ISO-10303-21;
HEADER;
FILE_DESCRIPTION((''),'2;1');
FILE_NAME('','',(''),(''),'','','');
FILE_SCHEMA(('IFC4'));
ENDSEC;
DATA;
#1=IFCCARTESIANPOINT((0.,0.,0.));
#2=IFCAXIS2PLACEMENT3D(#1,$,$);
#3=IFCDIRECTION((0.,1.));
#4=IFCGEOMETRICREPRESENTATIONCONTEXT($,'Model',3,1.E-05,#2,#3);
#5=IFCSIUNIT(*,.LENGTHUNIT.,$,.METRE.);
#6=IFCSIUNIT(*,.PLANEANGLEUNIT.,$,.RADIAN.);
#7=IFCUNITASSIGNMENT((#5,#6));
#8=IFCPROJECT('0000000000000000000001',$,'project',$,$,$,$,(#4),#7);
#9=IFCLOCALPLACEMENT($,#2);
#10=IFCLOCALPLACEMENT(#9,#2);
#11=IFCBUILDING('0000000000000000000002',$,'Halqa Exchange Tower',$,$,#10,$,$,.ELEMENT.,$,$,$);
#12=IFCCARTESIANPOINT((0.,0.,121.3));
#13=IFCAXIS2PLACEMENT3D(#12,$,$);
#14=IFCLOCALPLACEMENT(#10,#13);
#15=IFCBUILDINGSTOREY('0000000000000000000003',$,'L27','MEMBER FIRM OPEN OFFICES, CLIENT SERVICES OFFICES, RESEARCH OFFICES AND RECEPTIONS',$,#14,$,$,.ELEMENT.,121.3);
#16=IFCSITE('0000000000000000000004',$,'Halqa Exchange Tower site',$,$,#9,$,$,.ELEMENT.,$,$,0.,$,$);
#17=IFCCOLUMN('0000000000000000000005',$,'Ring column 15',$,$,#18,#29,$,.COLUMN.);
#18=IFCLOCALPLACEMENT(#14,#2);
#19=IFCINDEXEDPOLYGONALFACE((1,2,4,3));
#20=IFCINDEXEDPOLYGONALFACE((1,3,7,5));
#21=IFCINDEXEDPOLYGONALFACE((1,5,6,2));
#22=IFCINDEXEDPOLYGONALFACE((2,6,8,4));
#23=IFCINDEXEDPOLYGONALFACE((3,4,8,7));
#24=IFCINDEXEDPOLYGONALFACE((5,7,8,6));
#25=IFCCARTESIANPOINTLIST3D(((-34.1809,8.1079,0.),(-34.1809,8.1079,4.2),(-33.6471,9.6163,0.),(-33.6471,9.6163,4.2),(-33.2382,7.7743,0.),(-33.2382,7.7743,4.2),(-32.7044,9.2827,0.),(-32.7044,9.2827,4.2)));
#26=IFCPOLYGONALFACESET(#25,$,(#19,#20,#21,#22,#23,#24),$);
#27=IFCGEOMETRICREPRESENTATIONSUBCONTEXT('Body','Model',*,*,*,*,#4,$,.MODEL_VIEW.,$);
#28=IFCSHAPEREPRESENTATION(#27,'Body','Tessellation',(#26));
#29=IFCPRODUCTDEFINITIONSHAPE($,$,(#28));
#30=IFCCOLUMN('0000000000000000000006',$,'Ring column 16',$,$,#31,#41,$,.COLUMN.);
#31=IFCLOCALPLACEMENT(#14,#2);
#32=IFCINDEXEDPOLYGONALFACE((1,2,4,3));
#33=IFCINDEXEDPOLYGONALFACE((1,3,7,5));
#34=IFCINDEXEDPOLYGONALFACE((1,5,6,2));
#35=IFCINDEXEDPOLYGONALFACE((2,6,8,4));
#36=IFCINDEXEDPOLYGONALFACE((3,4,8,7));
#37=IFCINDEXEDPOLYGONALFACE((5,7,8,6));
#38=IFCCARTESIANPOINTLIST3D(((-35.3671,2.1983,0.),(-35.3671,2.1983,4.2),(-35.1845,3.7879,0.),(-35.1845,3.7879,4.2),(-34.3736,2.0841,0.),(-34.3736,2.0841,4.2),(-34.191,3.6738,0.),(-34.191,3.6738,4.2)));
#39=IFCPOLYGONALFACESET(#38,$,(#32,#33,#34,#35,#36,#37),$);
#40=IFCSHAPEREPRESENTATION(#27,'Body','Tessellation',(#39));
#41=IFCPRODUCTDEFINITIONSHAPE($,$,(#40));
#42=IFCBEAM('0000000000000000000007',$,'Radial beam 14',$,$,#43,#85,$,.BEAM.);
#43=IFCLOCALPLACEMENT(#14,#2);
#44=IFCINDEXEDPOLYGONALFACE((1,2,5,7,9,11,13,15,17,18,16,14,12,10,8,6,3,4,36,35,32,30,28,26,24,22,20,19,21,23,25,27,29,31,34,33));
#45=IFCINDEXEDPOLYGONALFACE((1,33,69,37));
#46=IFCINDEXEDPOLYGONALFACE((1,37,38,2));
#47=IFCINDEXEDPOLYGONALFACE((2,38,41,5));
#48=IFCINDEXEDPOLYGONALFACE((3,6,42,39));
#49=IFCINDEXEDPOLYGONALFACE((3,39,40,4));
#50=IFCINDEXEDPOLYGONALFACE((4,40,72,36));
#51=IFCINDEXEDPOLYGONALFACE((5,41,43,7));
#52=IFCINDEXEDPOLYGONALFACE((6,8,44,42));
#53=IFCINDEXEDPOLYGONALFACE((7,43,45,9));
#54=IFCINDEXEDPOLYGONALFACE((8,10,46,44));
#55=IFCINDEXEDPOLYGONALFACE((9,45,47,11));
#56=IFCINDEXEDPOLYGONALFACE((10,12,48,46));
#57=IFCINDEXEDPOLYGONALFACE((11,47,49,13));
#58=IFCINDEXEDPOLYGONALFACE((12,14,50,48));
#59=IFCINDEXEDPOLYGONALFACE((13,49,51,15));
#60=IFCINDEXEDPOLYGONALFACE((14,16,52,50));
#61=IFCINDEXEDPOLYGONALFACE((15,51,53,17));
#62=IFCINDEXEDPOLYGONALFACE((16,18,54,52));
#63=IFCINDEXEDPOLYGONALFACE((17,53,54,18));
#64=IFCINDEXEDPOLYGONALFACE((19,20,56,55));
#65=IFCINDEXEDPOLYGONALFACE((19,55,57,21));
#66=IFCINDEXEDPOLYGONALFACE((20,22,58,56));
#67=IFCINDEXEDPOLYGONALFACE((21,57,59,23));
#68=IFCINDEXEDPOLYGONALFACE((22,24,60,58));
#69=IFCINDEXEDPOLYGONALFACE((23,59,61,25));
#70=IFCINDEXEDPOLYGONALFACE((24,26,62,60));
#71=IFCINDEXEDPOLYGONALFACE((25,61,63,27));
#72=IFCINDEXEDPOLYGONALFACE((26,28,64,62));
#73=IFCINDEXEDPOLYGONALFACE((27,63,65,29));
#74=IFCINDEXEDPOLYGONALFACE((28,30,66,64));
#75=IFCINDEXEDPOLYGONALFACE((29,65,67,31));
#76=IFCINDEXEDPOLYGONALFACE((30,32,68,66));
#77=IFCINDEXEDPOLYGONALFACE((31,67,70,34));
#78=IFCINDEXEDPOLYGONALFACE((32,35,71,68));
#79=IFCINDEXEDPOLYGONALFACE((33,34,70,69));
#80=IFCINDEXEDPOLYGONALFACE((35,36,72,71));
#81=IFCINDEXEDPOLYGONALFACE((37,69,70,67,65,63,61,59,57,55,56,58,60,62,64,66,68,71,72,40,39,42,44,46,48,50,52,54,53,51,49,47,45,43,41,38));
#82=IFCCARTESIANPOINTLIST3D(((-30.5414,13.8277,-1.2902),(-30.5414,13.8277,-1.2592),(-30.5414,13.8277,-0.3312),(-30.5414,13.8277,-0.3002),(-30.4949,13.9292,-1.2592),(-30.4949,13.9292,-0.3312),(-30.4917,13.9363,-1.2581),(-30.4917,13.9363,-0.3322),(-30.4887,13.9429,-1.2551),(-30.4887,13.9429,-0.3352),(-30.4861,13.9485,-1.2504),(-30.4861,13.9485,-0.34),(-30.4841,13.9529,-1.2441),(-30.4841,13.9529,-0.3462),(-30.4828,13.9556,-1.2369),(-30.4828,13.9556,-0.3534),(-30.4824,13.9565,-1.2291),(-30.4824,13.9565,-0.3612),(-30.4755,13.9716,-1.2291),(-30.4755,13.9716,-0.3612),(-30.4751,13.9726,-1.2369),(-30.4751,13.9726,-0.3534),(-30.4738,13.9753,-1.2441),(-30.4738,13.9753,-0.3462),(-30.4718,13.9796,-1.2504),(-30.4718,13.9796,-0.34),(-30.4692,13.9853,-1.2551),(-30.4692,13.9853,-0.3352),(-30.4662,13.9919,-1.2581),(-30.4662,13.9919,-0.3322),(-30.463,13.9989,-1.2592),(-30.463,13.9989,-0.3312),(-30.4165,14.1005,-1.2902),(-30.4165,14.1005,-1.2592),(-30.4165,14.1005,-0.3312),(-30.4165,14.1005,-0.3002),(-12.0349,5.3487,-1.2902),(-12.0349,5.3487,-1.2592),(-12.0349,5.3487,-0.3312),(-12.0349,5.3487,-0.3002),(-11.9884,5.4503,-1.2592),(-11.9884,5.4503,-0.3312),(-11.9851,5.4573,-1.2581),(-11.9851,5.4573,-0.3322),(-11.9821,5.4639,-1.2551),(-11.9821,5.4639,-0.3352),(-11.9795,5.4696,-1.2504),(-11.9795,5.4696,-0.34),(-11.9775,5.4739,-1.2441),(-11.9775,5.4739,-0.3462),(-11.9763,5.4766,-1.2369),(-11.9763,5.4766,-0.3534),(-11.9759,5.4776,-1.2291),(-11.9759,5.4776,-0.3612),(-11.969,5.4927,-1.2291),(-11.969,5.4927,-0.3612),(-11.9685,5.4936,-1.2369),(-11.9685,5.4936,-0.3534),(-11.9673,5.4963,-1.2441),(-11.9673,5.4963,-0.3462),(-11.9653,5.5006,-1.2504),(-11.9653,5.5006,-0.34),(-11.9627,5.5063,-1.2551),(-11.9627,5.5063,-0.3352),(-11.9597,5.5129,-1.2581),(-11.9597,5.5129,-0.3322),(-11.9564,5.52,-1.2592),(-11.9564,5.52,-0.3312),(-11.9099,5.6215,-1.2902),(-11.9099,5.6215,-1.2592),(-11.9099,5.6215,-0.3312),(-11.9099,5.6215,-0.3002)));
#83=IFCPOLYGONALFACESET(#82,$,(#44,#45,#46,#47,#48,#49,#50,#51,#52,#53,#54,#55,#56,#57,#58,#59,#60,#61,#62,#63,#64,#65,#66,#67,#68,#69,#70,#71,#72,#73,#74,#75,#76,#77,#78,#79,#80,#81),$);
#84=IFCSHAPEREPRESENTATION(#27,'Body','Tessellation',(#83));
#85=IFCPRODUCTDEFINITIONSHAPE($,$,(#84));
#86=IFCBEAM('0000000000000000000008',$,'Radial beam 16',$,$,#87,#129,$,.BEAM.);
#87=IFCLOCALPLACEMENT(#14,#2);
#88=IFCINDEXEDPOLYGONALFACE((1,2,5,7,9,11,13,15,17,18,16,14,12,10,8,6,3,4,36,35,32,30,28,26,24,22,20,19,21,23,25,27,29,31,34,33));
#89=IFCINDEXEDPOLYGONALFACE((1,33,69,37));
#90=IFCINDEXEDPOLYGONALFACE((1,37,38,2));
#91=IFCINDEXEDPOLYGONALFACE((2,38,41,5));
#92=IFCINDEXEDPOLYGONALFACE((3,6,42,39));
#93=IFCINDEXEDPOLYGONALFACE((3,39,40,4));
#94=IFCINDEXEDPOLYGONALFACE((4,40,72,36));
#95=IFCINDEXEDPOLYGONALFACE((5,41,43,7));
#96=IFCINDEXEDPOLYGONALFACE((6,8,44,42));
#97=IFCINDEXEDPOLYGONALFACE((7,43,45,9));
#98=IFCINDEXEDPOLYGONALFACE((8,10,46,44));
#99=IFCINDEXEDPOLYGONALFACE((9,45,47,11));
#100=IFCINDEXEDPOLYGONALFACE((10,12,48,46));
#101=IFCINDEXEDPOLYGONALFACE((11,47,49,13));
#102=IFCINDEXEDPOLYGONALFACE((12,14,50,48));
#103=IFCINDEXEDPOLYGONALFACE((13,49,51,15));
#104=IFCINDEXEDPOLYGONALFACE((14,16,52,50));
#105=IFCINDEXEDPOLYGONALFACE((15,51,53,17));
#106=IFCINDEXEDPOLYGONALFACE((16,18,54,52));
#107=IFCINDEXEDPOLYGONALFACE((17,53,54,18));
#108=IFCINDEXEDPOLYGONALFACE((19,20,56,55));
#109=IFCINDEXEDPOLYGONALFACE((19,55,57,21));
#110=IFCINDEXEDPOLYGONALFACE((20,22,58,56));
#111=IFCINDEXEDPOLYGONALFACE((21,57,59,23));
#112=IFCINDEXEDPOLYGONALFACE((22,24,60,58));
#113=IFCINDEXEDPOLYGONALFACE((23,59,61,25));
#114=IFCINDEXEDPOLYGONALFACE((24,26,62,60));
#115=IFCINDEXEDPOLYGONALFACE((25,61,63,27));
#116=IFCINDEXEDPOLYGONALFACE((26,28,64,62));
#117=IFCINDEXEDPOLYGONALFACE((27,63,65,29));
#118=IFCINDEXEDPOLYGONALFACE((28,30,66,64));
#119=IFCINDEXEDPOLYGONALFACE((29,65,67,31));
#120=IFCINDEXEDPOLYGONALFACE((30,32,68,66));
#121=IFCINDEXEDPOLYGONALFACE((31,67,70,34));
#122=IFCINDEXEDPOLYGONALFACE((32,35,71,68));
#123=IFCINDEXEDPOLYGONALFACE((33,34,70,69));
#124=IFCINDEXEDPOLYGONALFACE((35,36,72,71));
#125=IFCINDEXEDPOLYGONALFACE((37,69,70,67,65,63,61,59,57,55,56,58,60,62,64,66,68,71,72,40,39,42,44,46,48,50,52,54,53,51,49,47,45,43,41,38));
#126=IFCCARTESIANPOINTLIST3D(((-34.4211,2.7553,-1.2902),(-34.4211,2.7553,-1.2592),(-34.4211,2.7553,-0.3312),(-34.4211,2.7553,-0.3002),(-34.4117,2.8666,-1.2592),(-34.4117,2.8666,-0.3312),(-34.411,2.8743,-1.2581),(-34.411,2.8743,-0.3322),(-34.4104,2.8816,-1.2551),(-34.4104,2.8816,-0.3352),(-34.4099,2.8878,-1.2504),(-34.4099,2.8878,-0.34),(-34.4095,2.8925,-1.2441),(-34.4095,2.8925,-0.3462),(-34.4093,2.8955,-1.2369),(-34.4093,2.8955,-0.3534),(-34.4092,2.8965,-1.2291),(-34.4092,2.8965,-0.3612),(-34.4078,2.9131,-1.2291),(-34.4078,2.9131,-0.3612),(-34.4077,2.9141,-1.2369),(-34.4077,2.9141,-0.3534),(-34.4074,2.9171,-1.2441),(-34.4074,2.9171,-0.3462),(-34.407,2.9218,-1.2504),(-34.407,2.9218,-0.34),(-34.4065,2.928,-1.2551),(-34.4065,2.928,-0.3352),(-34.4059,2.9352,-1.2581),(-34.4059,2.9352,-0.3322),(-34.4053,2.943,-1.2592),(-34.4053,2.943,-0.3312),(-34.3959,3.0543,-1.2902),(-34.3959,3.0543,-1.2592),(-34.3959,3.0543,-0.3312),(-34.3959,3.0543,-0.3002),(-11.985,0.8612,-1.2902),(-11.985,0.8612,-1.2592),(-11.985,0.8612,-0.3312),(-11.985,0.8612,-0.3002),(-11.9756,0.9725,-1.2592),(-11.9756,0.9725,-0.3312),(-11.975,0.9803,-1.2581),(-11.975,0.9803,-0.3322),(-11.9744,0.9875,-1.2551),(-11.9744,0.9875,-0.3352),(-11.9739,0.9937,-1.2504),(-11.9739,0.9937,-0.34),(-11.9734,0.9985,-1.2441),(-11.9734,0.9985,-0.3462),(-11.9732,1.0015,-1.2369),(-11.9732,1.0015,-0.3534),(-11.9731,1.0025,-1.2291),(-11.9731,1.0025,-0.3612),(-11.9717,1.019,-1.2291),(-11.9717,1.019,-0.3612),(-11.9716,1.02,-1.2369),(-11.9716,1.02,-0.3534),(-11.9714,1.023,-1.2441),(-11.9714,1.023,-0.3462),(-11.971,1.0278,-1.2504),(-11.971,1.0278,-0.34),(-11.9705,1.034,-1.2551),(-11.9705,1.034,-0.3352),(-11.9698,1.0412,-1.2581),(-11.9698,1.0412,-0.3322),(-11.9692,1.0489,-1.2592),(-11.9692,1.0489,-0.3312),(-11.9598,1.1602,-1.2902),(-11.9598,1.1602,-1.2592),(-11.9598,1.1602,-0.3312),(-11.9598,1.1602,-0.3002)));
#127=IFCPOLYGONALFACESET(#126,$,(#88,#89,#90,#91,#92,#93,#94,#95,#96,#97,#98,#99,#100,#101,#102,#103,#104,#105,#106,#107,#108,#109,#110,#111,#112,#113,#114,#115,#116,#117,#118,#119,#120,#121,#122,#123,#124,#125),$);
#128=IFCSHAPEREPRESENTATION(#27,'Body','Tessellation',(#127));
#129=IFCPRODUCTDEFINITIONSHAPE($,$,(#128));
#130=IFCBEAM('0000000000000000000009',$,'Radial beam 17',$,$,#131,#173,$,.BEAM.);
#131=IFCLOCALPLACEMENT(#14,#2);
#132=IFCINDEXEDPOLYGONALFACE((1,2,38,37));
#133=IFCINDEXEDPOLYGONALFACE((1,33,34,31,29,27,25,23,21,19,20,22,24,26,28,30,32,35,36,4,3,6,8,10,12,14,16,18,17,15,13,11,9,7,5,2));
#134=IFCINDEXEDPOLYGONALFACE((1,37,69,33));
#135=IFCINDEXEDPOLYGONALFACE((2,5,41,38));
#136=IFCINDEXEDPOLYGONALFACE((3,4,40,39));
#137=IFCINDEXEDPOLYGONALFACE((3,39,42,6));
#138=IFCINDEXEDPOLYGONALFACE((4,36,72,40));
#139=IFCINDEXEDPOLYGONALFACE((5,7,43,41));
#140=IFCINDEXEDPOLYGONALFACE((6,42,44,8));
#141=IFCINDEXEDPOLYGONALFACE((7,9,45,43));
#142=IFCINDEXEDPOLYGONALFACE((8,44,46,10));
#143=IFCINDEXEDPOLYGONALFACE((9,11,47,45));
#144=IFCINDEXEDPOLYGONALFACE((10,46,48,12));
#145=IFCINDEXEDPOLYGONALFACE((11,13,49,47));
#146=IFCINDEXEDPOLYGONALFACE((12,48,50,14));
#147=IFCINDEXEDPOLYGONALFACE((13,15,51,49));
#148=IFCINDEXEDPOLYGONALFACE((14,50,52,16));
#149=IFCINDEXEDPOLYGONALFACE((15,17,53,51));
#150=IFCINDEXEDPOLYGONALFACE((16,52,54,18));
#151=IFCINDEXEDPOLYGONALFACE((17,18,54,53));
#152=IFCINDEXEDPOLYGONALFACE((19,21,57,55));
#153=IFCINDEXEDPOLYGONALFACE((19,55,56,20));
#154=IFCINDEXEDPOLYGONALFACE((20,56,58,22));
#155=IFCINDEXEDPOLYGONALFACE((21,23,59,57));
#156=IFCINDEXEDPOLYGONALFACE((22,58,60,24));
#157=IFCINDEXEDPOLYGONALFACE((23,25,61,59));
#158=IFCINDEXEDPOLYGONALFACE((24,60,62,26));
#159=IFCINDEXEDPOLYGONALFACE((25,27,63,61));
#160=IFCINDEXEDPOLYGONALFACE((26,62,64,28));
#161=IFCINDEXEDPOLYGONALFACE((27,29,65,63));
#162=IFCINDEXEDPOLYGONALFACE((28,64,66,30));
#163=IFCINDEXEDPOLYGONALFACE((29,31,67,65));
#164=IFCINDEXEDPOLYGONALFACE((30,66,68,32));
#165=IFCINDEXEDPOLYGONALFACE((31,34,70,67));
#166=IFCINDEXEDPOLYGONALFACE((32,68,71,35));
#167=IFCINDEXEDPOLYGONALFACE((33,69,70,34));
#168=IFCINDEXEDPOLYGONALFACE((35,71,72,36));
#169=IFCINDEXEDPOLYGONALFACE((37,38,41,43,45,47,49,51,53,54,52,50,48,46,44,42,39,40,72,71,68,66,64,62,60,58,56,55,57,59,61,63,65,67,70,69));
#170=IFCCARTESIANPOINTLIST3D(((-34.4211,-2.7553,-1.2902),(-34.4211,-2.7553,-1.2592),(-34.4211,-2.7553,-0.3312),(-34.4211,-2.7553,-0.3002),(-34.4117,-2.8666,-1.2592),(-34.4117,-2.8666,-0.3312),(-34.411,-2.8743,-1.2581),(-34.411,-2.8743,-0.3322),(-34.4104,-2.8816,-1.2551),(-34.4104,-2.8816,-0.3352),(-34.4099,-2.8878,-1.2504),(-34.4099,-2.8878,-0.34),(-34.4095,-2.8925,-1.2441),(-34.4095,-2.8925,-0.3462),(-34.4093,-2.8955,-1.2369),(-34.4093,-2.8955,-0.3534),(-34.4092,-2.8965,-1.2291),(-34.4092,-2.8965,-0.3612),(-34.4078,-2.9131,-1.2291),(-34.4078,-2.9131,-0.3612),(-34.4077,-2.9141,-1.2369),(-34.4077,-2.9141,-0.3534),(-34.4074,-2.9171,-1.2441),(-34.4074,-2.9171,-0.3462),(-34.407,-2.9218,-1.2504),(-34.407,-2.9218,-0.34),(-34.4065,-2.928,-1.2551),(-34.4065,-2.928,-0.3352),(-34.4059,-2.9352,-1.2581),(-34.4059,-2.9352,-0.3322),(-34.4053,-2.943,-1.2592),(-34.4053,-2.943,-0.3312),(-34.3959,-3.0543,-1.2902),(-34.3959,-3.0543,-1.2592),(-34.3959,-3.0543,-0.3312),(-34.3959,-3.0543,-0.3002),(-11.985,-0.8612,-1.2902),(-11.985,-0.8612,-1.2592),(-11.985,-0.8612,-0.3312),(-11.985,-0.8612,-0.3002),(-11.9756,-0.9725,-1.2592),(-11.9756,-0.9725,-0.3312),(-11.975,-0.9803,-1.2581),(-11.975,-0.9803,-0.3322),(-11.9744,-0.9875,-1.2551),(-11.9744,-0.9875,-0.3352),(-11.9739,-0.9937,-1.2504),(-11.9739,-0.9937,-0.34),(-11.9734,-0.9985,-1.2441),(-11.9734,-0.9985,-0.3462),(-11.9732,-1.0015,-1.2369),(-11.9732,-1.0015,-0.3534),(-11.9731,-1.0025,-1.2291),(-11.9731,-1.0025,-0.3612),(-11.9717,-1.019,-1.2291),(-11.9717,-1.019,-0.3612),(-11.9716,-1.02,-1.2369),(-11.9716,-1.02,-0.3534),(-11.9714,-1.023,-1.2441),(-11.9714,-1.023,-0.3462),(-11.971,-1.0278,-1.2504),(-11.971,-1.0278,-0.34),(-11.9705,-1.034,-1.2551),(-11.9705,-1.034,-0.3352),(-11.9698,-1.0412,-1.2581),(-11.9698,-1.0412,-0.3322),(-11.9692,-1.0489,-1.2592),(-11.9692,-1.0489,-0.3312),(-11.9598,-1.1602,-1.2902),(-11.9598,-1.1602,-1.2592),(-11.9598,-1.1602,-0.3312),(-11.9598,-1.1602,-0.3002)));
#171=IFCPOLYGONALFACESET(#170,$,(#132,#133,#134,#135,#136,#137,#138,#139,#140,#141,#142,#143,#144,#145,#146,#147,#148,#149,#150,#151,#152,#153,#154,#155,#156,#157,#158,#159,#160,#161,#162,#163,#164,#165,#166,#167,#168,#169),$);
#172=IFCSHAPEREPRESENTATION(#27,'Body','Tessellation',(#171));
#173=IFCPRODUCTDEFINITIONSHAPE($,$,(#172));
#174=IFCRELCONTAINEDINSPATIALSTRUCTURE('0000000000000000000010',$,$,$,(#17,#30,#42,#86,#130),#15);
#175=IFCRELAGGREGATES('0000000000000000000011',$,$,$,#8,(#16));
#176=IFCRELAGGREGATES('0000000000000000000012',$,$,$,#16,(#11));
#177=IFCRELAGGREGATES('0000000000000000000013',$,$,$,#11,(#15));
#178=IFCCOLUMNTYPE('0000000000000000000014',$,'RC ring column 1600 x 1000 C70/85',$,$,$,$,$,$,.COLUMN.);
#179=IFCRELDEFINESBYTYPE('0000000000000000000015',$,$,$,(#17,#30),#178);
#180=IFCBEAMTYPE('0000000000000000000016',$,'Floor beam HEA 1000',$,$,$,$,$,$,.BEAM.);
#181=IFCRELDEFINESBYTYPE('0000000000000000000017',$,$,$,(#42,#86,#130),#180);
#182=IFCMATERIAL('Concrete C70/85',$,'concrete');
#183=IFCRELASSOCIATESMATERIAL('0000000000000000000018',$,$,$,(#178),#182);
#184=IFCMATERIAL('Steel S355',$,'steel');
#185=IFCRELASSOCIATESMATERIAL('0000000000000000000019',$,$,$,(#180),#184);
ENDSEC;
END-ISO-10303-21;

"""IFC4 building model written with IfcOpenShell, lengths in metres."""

from ifc_helpers import new_model, si_unit, direction, frame, origin, origin_2d, place, context, subcontext, project, spatial, rectangle, i_section, extrude, material, material_profile, profile_set, type_object, element, save


model = new_model("IFC4")

# Units and contexts
model_context = context("Model", 3, precision=1e-05, world=origin(), true_north=direction((0.0, 1.0)))
body_context = subcontext(model_context, "Body", "Model", "MODEL_VIEW")
ifc_project = project(units=[si_unit("LENGTHUNIT", "METRE"), si_unit("PLANEANGLEUNIT", "RADIAN")], contexts=[model_context])

# Site, building, storey
site_placement = place(None, origin())
site = spatial("IfcSite", under=ifc_project, at=site_placement, Name="Halqa Exchange Tower site", CompositionType="ELEMENT", RefElevation=0.0)
building_placement = place(site_placement, origin())
building = spatial("IfcBuilding", under=site, at=building_placement, Name="Halqa Exchange Tower", CompositionType="ELEMENT")
storey_placement = place(building_placement, frame((0.0, 0.0, 121.3)))
storey = spatial("IfcBuildingStorey", under=building, at=storey_placement, Name="L27", Description="MEMBER FIRM OPEN OFFICES, CLIENT SERVICES OFFICES, RESEARCH OFFICES AND RECEPTIONS", CompositionType="ELEMENT", Elevation=121.3)

# Columns
ifc_material_1 = material(Name="Concrete C70/85", Category="concrete")
ifc_material_profile_1 = material_profile(ifc_material_1, rectangle(XDim=1.6001, YDim=1.0, at=origin_2d()), Name="1600 x 1000")
ifc_profile_set_1 = profile_set([ifc_material_profile_1], Name="Concrete C70/85")
column_type = type_object("IfcColumnType", Name="RC ring column 1600 x 1000 C70/85", PredefinedType="COLUMN", material=ifc_profile_set_1)
for number, where, z_axis, x_axis, name in (
    (1, (-33.4426, 8.6953, 0.0), (0.0, 0.0, 1.0), (-0.333624, -0.942706, 0.0), "Ring column 15"),
    (2, (-34.7791, 2.936, 0.0), (0.0, 0.0, 1.0), (-0.114152, -0.993463, 0.0), "Ring column 16"),
):
    element("IfcColumn", number, at=place(storey_placement, frame(where, z_axis=z_axis, x_axis=x_axis)), inside=storey, type_object=column_type, Name=name, PredefinedType="COLUMN", context=body_context, shape_type="SweptSolid", body=[
        extrude(rectangle(XDim=1.6001, YDim=1.0, at=origin_2d()), origin(), (0.0, 0.0, 1.0), 4.2),
    ])

# Beams
ifc_material_2 = material(Name="Steel S355", Category="steel")
ifc_material_profile_2 = material_profile(ifc_material_2, i_section(OverallWidth=0.3, OverallDepth=0.99, WebThickness=0.0166, FlangeThickness=0.031, FilletRadius=0.03, at=origin_2d()), Name="HEA 1000")
ifc_profile_set_2 = profile_set([ifc_material_profile_2], Name="Steel S355")
beam_type_1 = type_object("IfcBeamType", Name="Floor beam HEA 1000", PredefinedType="BEAM", material=ifc_profile_set_2)
beam_1_placement = place(storey_placement, frame((-11.9724, 5.4851, -0.7952), z_axis=(-0.909124, 0.416525, 0.0), x_axis=(-0.416525, -0.909124, 0.0)))
element("IfcBeam", 3, at=beam_1_placement, inside=storey, type_object=beam_type_1, Name="Radial beam 14", PredefinedType="BEAM", context=body_context, shape_type="SweptSolid", body=[
    extrude(i_section(OverallWidth=0.3, OverallDepth=0.99, WebThickness=0.0166, FlangeThickness=0.031, FilletRadius=0.03, at=origin_2d()), origin(), (0.0, 0.0, 1.0), 20.3564),
])
for number, where, z_axis, x_axis, name in (
    (4, (-11.9724, 1.0107, -0.7952), (-0.996456, 0.08412, 0.0), (-0.08412, -0.996456, 0.0), "Radial beam 16"),
    (5, (-11.9724, -1.0107, -0.7952), (-0.996456, -0.08412, 0.0), (0.08412, -0.996456, 0.0), "Radial beam 17"),
):
    element("IfcBeam", number, at=place(storey_placement, frame(where, z_axis=z_axis, x_axis=x_axis)), inside=storey, type_object=beam_type_1, Name=name, PredefinedType="BEAM", context=body_context, shape_type="SweptSolid", body=[
        extrude(i_section(OverallWidth=0.3, OverallDepth=0.99, WebThickness=0.0166, FlangeThickness=0.031, FilletRadius=0.03, at=origin_2d()), origin(), (0.0, 0.0, 1.0), 22.5159),
    ])

save(model, "model.ifc")
